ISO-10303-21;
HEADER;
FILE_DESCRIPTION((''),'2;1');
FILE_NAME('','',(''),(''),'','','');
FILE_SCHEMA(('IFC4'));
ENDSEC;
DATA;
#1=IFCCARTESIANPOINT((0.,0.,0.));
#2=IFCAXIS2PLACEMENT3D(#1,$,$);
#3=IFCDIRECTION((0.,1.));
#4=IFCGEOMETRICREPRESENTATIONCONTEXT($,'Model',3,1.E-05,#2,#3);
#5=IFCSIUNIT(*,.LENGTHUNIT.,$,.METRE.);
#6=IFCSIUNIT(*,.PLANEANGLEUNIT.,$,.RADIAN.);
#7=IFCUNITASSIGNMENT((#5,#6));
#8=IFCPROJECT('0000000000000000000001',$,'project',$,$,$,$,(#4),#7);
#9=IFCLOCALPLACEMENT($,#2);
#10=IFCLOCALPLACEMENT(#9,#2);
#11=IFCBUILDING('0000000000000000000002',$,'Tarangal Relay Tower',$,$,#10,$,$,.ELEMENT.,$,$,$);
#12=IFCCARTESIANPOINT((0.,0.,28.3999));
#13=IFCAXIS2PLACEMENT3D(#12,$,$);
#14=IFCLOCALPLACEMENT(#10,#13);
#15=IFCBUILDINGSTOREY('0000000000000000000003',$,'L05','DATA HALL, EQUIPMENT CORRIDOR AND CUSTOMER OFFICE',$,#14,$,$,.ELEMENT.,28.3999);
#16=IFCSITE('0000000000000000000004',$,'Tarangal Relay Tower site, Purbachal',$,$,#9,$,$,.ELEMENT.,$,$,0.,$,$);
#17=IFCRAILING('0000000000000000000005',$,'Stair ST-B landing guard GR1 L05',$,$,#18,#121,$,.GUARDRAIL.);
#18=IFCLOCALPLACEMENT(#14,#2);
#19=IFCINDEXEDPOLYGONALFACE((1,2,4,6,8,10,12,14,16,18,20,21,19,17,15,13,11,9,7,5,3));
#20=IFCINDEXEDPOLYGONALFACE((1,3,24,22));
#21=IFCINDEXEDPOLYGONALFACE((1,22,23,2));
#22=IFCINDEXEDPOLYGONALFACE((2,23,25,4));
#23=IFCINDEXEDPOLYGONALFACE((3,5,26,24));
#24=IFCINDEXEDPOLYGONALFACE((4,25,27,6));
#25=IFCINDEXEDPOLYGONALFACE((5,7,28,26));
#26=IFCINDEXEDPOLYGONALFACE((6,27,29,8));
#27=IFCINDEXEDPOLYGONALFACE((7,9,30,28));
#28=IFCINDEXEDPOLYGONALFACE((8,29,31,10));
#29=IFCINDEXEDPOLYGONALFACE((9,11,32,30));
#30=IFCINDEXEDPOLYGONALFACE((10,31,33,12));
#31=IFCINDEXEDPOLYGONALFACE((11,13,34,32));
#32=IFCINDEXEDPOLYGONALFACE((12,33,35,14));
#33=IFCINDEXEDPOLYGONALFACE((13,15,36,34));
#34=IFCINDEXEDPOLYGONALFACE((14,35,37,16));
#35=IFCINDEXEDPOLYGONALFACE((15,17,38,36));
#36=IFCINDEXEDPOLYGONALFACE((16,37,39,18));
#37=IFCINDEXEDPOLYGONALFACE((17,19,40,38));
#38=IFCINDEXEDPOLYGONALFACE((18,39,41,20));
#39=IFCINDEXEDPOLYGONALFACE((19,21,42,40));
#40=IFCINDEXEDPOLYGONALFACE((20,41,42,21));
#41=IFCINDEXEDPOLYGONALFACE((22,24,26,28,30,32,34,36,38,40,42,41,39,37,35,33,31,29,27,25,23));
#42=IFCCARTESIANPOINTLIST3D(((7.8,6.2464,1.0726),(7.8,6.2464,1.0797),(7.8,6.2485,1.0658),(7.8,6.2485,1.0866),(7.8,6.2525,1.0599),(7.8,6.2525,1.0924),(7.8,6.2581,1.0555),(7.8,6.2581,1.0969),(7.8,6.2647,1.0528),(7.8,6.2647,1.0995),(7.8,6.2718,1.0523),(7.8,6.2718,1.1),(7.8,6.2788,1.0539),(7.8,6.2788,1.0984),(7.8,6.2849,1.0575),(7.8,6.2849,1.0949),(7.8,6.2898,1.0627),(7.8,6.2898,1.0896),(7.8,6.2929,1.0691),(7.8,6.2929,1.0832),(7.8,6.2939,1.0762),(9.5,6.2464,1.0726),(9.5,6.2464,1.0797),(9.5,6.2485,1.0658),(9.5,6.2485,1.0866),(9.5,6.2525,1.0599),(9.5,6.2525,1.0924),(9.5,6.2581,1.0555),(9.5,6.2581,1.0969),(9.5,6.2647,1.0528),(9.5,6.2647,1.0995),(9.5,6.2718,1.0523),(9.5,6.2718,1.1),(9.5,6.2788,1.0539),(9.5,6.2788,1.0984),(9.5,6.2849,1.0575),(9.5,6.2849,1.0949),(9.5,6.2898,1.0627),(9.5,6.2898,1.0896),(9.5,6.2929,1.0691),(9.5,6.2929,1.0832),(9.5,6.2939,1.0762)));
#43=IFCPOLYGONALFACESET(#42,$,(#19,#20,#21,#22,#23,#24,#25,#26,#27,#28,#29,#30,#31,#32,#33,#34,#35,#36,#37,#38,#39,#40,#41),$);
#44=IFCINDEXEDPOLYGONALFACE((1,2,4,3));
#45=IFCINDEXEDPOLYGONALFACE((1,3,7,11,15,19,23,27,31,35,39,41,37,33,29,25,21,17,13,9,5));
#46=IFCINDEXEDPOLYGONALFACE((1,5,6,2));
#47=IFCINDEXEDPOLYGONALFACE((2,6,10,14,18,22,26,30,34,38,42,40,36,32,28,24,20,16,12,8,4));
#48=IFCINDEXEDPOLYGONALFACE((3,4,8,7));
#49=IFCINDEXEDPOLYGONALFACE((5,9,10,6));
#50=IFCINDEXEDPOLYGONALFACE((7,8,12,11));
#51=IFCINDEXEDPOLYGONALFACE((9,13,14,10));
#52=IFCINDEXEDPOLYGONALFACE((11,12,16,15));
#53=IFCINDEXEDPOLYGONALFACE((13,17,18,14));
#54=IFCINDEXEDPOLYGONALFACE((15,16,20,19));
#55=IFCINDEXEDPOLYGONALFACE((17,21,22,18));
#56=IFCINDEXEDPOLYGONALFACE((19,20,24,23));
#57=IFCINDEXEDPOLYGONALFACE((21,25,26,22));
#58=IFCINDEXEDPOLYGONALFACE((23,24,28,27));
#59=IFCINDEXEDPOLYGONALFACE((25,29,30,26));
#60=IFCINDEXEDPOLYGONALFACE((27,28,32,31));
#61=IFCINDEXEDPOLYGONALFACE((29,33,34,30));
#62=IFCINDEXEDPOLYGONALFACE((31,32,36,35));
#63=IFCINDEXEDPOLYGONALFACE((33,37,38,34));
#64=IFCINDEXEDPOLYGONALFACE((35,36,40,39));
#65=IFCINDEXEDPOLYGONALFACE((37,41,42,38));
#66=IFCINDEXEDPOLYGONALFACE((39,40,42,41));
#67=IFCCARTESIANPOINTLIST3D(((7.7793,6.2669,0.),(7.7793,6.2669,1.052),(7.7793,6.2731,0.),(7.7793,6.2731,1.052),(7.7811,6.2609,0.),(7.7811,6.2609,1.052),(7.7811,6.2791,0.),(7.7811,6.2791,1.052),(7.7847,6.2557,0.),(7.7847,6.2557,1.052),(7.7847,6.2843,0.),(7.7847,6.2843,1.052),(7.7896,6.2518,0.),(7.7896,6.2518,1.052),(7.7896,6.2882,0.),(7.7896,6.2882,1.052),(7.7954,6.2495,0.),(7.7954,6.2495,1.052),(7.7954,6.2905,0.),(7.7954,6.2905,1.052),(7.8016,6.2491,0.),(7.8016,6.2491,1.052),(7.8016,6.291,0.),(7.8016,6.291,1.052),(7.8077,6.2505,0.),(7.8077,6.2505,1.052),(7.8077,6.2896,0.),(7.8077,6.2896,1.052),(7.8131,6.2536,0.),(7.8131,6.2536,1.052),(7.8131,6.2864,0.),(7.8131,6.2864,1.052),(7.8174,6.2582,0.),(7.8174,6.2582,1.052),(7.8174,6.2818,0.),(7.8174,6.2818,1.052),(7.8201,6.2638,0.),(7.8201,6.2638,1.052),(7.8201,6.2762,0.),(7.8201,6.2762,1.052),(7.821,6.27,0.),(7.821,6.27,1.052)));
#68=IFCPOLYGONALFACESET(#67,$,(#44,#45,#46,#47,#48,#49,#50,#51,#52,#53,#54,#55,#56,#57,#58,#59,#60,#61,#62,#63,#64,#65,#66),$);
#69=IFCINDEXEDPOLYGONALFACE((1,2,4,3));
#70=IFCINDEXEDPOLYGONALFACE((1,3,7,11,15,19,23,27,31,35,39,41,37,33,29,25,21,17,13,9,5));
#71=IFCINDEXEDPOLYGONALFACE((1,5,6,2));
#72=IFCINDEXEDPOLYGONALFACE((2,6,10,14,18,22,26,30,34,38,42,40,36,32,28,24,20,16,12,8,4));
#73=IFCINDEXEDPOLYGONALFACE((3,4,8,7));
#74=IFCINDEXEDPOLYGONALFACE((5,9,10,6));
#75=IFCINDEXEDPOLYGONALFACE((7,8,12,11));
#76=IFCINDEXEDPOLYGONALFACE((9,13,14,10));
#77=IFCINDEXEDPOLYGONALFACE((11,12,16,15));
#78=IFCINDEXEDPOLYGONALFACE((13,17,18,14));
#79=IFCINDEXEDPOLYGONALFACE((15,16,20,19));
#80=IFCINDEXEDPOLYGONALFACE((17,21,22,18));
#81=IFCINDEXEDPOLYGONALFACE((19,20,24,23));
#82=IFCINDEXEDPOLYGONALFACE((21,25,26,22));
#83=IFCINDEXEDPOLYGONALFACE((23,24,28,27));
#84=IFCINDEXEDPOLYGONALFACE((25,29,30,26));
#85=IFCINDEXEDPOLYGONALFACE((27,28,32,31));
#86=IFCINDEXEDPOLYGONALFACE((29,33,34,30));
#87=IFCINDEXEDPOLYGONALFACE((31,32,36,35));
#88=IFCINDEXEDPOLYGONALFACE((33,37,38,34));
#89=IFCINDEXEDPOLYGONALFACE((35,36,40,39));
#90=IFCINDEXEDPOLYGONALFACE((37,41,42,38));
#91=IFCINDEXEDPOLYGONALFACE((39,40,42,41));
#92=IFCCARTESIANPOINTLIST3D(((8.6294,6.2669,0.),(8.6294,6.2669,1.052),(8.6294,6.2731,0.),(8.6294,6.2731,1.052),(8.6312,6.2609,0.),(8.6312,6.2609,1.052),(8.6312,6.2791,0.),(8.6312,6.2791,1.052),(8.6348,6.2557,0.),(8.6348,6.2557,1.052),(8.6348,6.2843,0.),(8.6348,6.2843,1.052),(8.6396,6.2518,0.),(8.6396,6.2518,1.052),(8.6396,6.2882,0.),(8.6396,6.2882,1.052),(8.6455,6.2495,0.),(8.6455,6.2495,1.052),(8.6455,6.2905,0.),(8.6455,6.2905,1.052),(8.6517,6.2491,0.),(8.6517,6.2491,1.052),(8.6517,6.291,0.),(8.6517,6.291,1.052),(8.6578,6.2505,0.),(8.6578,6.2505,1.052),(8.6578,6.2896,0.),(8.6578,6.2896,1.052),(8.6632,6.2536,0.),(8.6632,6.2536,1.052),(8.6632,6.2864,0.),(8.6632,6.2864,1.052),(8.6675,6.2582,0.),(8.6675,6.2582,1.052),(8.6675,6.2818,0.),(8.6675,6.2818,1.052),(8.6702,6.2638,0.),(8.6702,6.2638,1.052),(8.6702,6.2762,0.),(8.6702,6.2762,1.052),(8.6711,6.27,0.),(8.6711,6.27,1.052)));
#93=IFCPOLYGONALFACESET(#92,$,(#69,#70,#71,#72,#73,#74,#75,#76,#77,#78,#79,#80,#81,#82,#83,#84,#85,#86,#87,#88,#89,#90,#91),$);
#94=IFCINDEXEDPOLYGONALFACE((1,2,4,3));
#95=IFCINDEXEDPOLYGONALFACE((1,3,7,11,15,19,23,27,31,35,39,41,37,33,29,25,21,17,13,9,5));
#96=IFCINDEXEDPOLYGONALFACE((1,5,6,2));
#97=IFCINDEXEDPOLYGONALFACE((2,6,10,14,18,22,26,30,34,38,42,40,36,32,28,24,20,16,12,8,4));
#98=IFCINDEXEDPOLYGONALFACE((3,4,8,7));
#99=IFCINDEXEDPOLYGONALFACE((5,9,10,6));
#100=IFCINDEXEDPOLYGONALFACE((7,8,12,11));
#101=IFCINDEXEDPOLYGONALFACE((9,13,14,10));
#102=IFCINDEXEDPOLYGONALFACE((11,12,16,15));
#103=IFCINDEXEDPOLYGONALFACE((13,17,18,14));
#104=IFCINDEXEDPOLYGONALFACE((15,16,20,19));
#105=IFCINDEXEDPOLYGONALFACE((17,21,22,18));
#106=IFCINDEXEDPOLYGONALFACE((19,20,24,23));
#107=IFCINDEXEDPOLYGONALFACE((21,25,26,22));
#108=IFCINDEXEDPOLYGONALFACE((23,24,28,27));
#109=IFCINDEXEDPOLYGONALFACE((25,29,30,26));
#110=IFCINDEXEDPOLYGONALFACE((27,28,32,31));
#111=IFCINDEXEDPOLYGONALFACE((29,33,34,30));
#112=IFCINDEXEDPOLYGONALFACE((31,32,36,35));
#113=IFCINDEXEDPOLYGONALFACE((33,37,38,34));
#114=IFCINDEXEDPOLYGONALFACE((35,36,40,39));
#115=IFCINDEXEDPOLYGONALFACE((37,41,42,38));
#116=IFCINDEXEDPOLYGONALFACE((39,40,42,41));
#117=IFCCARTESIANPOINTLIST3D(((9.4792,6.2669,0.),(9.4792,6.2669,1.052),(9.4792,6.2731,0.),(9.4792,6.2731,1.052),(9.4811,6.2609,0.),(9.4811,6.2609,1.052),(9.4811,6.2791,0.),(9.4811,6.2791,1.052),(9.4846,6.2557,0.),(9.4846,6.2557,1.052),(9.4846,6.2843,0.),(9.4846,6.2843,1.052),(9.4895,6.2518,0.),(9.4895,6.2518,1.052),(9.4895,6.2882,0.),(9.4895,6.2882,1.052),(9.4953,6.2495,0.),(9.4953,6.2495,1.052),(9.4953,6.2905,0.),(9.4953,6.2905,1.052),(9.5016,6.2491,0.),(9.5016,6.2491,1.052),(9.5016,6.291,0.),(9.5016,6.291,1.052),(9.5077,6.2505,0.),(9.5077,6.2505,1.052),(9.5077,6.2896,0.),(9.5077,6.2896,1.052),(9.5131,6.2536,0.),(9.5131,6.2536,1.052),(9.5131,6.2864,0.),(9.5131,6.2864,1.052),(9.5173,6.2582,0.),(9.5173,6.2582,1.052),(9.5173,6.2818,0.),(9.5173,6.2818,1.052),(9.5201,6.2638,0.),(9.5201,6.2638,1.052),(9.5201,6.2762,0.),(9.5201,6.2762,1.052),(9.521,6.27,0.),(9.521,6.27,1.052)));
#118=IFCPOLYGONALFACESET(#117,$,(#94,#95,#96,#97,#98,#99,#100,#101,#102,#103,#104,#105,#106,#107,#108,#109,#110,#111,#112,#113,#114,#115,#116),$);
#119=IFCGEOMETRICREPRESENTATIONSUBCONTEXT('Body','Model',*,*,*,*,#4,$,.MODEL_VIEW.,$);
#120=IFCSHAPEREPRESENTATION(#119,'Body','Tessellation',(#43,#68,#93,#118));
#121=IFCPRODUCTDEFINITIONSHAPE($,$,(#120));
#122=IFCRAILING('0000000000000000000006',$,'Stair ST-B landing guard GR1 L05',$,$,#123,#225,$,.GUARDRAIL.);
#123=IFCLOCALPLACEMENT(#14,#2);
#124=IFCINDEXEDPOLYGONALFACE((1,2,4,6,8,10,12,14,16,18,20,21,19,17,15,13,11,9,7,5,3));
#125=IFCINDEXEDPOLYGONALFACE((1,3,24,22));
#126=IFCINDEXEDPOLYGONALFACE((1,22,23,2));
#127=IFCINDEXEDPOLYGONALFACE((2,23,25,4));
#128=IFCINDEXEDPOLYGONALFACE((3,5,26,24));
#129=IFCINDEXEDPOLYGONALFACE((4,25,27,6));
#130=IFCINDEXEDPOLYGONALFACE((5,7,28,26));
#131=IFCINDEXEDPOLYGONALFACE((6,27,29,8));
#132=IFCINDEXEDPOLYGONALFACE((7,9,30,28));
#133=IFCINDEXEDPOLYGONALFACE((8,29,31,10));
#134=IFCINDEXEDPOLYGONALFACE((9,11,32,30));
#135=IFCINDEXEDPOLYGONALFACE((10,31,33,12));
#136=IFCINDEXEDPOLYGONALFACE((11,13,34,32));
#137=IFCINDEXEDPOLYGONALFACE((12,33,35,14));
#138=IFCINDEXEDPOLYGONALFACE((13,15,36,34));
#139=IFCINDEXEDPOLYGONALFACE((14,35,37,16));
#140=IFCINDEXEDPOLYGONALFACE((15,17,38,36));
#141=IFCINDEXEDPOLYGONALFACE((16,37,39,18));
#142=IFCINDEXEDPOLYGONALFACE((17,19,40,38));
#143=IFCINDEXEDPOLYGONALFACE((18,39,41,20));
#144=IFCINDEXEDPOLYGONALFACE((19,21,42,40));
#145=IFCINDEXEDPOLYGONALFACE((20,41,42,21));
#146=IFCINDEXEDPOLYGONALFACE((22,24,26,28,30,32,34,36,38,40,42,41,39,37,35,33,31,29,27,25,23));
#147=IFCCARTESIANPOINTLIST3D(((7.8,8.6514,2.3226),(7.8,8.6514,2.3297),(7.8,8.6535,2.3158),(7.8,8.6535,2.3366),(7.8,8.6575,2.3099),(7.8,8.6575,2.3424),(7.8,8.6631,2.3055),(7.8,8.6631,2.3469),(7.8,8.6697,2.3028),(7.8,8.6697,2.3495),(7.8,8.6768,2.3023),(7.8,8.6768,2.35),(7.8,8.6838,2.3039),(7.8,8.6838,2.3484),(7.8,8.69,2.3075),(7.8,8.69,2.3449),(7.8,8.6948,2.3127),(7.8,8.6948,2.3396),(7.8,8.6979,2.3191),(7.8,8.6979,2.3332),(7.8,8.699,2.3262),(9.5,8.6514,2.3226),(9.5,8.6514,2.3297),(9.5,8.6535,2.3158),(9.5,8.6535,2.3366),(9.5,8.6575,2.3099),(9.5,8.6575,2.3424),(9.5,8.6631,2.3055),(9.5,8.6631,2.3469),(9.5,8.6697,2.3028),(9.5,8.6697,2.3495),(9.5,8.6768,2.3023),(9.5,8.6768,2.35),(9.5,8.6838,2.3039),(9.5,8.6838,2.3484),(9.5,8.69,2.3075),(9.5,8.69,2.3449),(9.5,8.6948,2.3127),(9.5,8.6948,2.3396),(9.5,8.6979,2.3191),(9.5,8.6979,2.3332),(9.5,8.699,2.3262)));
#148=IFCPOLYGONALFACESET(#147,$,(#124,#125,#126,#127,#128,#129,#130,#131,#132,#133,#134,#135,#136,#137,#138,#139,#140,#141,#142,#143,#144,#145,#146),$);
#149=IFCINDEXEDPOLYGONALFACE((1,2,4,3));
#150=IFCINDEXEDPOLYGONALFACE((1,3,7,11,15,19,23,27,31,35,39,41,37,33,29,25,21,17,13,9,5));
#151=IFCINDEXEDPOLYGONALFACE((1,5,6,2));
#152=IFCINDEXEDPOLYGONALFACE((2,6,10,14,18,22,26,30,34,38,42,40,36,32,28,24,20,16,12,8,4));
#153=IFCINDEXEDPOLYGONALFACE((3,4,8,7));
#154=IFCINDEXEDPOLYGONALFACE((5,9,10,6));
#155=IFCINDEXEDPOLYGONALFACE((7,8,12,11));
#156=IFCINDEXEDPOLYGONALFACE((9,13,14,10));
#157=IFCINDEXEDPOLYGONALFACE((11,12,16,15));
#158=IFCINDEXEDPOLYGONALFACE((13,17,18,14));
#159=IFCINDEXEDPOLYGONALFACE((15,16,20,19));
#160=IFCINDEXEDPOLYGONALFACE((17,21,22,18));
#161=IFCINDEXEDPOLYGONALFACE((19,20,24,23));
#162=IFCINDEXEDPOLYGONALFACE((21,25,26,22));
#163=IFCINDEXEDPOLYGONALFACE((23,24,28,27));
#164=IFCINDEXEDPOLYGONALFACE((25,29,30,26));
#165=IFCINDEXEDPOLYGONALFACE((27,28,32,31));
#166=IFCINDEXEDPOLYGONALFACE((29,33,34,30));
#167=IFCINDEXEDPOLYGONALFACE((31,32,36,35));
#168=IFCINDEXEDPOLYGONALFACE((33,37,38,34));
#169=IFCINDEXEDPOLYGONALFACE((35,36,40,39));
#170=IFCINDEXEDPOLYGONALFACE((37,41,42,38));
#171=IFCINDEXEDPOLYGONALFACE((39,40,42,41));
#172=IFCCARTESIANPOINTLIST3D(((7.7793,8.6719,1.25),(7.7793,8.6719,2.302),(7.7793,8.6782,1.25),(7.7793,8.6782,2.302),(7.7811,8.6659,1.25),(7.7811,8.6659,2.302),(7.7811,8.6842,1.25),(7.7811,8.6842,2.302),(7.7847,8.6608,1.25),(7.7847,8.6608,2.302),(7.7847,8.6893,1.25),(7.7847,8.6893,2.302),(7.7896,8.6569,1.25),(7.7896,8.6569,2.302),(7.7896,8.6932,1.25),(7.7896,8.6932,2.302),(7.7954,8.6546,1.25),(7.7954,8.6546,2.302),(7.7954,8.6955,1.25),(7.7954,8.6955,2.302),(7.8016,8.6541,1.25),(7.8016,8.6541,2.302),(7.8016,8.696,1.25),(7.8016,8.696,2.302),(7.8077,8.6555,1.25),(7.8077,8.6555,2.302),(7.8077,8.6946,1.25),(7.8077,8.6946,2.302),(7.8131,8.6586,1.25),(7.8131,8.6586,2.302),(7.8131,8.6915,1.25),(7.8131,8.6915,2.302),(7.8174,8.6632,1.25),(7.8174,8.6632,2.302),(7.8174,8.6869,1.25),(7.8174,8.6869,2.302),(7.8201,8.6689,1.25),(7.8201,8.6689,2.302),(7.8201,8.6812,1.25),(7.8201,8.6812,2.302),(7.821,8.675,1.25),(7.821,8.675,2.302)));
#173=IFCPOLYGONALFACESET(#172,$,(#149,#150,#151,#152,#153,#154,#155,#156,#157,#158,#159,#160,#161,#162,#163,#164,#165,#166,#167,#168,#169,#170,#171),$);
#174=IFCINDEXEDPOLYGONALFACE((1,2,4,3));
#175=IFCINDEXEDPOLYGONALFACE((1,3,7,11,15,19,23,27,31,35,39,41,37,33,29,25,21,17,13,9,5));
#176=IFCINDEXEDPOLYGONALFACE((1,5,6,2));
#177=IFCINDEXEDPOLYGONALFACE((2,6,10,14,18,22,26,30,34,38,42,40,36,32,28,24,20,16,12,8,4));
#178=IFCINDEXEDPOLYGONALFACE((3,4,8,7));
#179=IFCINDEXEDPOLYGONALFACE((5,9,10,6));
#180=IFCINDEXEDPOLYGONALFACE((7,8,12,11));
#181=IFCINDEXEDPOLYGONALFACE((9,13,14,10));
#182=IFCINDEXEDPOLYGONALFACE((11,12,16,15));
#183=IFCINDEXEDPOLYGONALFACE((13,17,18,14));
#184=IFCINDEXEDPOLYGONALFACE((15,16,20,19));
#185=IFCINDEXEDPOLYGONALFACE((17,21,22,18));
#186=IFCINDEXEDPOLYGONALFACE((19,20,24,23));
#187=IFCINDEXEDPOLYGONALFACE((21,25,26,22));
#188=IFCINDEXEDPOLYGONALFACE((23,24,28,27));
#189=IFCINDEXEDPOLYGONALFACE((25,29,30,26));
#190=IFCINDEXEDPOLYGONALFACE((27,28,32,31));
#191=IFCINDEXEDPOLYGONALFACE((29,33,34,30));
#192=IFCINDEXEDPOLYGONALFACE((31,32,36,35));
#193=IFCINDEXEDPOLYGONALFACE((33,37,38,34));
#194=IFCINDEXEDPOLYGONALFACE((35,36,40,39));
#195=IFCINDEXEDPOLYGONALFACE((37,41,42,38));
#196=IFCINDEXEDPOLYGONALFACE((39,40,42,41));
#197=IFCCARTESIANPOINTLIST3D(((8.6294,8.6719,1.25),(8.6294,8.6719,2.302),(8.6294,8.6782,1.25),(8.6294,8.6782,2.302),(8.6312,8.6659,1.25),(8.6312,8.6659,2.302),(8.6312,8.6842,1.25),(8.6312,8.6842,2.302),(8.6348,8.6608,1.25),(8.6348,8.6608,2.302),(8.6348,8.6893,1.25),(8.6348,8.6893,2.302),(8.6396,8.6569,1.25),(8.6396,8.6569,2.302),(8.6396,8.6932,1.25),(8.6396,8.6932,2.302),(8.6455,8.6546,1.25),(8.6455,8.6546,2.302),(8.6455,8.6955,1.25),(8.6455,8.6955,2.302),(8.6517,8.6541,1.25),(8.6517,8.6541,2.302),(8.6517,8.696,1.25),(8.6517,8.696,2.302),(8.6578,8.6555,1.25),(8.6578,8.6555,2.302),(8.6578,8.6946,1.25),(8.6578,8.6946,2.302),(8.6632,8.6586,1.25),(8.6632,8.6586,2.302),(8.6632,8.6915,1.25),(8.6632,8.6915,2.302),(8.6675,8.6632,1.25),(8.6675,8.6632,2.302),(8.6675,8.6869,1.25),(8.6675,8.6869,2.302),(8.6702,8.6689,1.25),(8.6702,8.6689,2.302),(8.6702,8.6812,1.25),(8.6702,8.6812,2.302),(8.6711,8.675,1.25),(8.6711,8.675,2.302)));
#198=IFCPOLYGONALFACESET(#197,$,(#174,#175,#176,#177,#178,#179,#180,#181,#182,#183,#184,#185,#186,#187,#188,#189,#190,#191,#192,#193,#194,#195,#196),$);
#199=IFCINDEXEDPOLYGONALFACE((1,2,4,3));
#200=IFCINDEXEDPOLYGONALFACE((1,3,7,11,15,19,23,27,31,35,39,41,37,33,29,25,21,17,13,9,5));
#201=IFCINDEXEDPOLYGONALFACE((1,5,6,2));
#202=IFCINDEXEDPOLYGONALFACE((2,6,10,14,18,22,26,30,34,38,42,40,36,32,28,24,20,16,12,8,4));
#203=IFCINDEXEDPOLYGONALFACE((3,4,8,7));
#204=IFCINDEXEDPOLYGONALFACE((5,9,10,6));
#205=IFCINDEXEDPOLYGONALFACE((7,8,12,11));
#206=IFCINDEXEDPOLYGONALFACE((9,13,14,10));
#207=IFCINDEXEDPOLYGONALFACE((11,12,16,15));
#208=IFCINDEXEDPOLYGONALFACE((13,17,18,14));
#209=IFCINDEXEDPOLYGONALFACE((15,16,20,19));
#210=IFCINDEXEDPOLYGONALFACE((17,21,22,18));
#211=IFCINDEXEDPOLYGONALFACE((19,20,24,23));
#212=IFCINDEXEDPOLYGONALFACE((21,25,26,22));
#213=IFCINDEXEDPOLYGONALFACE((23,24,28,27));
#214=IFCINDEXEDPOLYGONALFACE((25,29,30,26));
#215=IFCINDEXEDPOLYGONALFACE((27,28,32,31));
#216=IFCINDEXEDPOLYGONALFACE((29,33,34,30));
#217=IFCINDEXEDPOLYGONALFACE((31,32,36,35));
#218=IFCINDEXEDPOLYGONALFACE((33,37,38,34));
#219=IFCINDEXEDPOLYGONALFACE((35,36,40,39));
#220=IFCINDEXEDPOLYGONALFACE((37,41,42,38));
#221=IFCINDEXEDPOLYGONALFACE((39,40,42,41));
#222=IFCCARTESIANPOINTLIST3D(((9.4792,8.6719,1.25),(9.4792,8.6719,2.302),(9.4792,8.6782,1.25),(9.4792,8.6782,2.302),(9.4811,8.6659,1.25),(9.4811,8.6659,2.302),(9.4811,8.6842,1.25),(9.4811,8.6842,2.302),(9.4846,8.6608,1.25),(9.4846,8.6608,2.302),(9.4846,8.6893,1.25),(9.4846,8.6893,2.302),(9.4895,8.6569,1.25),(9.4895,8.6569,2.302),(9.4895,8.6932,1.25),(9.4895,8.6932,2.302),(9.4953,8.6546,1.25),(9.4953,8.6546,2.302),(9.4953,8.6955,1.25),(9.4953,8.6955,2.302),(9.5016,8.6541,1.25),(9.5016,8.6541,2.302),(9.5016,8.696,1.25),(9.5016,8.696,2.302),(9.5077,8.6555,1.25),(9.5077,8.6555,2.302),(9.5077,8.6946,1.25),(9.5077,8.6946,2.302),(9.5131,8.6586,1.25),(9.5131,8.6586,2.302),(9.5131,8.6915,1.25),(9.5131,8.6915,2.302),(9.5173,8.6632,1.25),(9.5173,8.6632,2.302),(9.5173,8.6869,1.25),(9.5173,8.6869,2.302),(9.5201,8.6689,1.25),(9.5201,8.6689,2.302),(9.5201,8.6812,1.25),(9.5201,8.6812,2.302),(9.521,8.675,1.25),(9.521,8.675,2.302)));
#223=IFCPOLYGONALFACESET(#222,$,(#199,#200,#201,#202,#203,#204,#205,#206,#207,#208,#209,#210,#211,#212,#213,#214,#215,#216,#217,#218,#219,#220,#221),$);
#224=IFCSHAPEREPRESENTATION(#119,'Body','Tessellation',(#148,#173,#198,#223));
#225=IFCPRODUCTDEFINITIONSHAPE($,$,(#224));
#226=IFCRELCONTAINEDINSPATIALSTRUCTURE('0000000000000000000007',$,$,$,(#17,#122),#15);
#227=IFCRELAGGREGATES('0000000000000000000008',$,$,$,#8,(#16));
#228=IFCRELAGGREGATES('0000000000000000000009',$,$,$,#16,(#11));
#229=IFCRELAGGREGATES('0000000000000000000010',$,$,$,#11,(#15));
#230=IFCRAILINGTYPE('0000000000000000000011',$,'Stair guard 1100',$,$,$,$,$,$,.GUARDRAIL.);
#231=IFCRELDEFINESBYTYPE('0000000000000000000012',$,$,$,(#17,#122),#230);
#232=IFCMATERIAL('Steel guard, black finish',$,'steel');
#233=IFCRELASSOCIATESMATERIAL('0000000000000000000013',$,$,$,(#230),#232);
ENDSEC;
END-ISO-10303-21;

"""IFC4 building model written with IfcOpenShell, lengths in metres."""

from ifc_helpers import new_model, si_unit, direction, frame, origin, origin_2d, place, context, subcontext, project, spatial, circle, extrude, material, type_object, element, save


model = new_model("IFC4")

# Units and contexts
model_context = context("Model", 3, precision=1e-05, world=origin(), true_north=direction((0.0, 1.0)))
body_context = subcontext(model_context, "Body", "Model", "MODEL_VIEW")
ifc_project = project(units=[si_unit("LENGTHUNIT", "METRE"), si_unit("PLANEANGLEUNIT", "RADIAN")], contexts=[model_context])

# Site, building, storey
site_placement = place(None, origin())
site = spatial("IfcSite", under=ifc_project, at=site_placement, Name="Tarangal Relay Tower site, Purbachal", CompositionType="ELEMENT", RefElevation=0.0)
building_placement = place(site_placement, origin())
building = spatial("IfcBuilding", under=site, at=building_placement, Name="Tarangal Relay Tower", CompositionType="ELEMENT")
storey_placement = place(building_placement, frame((0.0, 0.0, 28.3999)))
storey = spatial("IfcBuildingStorey", under=building, at=storey_placement, Name="L05", Description="DATA HALL, EQUIPMENT CORRIDOR AND CUSTOMER OFFICE", CompositionType="ELEMENT", Elevation=28.3999)

# Railings
ifc_material_1 = material(Name="Steel guard, black finish", Category="steel")
railing_type_1 = type_object("IfcRailingType", Name="Stair guard 1100", PredefinedType="GUARDRAIL", material=ifc_material_1)
for number, where, name in (
    (1, (7.8, 6.27, 0.0), "Stair ST-B landing guard GR1 L05"),
    (2, (7.8, 8.675, 1.25), "Stair ST-B landing guard GR1 L05"),
):
    element("IfcRailing", number, at=place(storey_placement, frame(where)), inside=storey, type_object=railing_type_1, Name=name, PredefinedType="GUARDRAIL", context=body_context, shape_type="SweptSolid", body=[
        extrude(circle(Radius=0.0239, at=origin_2d()), frame((0.0, 0.0, 1.0762), z_axis=(1.0, 0.0, 0.0), x_axis=(0.0, 1.0, 0.0)), (0.0, 0.0, 1.0), 1.7),
        extrude(circle(Radius=0.021, at=origin_2d()), origin(), (0.0, 0.0, 1.0), 1.052),
        extrude(circle(Radius=0.021, at=origin_2d()), frame((0.8501, 0.0, 0.0)), (0.0, 0.0, 1.0), 1.052),
        extrude(circle(Radius=0.021, at=origin_2d()), frame((1.7, 0.0, 0.0)), (0.0, 0.0, 1.0), 1.052),
    ])

save(model, "model.ifc")
